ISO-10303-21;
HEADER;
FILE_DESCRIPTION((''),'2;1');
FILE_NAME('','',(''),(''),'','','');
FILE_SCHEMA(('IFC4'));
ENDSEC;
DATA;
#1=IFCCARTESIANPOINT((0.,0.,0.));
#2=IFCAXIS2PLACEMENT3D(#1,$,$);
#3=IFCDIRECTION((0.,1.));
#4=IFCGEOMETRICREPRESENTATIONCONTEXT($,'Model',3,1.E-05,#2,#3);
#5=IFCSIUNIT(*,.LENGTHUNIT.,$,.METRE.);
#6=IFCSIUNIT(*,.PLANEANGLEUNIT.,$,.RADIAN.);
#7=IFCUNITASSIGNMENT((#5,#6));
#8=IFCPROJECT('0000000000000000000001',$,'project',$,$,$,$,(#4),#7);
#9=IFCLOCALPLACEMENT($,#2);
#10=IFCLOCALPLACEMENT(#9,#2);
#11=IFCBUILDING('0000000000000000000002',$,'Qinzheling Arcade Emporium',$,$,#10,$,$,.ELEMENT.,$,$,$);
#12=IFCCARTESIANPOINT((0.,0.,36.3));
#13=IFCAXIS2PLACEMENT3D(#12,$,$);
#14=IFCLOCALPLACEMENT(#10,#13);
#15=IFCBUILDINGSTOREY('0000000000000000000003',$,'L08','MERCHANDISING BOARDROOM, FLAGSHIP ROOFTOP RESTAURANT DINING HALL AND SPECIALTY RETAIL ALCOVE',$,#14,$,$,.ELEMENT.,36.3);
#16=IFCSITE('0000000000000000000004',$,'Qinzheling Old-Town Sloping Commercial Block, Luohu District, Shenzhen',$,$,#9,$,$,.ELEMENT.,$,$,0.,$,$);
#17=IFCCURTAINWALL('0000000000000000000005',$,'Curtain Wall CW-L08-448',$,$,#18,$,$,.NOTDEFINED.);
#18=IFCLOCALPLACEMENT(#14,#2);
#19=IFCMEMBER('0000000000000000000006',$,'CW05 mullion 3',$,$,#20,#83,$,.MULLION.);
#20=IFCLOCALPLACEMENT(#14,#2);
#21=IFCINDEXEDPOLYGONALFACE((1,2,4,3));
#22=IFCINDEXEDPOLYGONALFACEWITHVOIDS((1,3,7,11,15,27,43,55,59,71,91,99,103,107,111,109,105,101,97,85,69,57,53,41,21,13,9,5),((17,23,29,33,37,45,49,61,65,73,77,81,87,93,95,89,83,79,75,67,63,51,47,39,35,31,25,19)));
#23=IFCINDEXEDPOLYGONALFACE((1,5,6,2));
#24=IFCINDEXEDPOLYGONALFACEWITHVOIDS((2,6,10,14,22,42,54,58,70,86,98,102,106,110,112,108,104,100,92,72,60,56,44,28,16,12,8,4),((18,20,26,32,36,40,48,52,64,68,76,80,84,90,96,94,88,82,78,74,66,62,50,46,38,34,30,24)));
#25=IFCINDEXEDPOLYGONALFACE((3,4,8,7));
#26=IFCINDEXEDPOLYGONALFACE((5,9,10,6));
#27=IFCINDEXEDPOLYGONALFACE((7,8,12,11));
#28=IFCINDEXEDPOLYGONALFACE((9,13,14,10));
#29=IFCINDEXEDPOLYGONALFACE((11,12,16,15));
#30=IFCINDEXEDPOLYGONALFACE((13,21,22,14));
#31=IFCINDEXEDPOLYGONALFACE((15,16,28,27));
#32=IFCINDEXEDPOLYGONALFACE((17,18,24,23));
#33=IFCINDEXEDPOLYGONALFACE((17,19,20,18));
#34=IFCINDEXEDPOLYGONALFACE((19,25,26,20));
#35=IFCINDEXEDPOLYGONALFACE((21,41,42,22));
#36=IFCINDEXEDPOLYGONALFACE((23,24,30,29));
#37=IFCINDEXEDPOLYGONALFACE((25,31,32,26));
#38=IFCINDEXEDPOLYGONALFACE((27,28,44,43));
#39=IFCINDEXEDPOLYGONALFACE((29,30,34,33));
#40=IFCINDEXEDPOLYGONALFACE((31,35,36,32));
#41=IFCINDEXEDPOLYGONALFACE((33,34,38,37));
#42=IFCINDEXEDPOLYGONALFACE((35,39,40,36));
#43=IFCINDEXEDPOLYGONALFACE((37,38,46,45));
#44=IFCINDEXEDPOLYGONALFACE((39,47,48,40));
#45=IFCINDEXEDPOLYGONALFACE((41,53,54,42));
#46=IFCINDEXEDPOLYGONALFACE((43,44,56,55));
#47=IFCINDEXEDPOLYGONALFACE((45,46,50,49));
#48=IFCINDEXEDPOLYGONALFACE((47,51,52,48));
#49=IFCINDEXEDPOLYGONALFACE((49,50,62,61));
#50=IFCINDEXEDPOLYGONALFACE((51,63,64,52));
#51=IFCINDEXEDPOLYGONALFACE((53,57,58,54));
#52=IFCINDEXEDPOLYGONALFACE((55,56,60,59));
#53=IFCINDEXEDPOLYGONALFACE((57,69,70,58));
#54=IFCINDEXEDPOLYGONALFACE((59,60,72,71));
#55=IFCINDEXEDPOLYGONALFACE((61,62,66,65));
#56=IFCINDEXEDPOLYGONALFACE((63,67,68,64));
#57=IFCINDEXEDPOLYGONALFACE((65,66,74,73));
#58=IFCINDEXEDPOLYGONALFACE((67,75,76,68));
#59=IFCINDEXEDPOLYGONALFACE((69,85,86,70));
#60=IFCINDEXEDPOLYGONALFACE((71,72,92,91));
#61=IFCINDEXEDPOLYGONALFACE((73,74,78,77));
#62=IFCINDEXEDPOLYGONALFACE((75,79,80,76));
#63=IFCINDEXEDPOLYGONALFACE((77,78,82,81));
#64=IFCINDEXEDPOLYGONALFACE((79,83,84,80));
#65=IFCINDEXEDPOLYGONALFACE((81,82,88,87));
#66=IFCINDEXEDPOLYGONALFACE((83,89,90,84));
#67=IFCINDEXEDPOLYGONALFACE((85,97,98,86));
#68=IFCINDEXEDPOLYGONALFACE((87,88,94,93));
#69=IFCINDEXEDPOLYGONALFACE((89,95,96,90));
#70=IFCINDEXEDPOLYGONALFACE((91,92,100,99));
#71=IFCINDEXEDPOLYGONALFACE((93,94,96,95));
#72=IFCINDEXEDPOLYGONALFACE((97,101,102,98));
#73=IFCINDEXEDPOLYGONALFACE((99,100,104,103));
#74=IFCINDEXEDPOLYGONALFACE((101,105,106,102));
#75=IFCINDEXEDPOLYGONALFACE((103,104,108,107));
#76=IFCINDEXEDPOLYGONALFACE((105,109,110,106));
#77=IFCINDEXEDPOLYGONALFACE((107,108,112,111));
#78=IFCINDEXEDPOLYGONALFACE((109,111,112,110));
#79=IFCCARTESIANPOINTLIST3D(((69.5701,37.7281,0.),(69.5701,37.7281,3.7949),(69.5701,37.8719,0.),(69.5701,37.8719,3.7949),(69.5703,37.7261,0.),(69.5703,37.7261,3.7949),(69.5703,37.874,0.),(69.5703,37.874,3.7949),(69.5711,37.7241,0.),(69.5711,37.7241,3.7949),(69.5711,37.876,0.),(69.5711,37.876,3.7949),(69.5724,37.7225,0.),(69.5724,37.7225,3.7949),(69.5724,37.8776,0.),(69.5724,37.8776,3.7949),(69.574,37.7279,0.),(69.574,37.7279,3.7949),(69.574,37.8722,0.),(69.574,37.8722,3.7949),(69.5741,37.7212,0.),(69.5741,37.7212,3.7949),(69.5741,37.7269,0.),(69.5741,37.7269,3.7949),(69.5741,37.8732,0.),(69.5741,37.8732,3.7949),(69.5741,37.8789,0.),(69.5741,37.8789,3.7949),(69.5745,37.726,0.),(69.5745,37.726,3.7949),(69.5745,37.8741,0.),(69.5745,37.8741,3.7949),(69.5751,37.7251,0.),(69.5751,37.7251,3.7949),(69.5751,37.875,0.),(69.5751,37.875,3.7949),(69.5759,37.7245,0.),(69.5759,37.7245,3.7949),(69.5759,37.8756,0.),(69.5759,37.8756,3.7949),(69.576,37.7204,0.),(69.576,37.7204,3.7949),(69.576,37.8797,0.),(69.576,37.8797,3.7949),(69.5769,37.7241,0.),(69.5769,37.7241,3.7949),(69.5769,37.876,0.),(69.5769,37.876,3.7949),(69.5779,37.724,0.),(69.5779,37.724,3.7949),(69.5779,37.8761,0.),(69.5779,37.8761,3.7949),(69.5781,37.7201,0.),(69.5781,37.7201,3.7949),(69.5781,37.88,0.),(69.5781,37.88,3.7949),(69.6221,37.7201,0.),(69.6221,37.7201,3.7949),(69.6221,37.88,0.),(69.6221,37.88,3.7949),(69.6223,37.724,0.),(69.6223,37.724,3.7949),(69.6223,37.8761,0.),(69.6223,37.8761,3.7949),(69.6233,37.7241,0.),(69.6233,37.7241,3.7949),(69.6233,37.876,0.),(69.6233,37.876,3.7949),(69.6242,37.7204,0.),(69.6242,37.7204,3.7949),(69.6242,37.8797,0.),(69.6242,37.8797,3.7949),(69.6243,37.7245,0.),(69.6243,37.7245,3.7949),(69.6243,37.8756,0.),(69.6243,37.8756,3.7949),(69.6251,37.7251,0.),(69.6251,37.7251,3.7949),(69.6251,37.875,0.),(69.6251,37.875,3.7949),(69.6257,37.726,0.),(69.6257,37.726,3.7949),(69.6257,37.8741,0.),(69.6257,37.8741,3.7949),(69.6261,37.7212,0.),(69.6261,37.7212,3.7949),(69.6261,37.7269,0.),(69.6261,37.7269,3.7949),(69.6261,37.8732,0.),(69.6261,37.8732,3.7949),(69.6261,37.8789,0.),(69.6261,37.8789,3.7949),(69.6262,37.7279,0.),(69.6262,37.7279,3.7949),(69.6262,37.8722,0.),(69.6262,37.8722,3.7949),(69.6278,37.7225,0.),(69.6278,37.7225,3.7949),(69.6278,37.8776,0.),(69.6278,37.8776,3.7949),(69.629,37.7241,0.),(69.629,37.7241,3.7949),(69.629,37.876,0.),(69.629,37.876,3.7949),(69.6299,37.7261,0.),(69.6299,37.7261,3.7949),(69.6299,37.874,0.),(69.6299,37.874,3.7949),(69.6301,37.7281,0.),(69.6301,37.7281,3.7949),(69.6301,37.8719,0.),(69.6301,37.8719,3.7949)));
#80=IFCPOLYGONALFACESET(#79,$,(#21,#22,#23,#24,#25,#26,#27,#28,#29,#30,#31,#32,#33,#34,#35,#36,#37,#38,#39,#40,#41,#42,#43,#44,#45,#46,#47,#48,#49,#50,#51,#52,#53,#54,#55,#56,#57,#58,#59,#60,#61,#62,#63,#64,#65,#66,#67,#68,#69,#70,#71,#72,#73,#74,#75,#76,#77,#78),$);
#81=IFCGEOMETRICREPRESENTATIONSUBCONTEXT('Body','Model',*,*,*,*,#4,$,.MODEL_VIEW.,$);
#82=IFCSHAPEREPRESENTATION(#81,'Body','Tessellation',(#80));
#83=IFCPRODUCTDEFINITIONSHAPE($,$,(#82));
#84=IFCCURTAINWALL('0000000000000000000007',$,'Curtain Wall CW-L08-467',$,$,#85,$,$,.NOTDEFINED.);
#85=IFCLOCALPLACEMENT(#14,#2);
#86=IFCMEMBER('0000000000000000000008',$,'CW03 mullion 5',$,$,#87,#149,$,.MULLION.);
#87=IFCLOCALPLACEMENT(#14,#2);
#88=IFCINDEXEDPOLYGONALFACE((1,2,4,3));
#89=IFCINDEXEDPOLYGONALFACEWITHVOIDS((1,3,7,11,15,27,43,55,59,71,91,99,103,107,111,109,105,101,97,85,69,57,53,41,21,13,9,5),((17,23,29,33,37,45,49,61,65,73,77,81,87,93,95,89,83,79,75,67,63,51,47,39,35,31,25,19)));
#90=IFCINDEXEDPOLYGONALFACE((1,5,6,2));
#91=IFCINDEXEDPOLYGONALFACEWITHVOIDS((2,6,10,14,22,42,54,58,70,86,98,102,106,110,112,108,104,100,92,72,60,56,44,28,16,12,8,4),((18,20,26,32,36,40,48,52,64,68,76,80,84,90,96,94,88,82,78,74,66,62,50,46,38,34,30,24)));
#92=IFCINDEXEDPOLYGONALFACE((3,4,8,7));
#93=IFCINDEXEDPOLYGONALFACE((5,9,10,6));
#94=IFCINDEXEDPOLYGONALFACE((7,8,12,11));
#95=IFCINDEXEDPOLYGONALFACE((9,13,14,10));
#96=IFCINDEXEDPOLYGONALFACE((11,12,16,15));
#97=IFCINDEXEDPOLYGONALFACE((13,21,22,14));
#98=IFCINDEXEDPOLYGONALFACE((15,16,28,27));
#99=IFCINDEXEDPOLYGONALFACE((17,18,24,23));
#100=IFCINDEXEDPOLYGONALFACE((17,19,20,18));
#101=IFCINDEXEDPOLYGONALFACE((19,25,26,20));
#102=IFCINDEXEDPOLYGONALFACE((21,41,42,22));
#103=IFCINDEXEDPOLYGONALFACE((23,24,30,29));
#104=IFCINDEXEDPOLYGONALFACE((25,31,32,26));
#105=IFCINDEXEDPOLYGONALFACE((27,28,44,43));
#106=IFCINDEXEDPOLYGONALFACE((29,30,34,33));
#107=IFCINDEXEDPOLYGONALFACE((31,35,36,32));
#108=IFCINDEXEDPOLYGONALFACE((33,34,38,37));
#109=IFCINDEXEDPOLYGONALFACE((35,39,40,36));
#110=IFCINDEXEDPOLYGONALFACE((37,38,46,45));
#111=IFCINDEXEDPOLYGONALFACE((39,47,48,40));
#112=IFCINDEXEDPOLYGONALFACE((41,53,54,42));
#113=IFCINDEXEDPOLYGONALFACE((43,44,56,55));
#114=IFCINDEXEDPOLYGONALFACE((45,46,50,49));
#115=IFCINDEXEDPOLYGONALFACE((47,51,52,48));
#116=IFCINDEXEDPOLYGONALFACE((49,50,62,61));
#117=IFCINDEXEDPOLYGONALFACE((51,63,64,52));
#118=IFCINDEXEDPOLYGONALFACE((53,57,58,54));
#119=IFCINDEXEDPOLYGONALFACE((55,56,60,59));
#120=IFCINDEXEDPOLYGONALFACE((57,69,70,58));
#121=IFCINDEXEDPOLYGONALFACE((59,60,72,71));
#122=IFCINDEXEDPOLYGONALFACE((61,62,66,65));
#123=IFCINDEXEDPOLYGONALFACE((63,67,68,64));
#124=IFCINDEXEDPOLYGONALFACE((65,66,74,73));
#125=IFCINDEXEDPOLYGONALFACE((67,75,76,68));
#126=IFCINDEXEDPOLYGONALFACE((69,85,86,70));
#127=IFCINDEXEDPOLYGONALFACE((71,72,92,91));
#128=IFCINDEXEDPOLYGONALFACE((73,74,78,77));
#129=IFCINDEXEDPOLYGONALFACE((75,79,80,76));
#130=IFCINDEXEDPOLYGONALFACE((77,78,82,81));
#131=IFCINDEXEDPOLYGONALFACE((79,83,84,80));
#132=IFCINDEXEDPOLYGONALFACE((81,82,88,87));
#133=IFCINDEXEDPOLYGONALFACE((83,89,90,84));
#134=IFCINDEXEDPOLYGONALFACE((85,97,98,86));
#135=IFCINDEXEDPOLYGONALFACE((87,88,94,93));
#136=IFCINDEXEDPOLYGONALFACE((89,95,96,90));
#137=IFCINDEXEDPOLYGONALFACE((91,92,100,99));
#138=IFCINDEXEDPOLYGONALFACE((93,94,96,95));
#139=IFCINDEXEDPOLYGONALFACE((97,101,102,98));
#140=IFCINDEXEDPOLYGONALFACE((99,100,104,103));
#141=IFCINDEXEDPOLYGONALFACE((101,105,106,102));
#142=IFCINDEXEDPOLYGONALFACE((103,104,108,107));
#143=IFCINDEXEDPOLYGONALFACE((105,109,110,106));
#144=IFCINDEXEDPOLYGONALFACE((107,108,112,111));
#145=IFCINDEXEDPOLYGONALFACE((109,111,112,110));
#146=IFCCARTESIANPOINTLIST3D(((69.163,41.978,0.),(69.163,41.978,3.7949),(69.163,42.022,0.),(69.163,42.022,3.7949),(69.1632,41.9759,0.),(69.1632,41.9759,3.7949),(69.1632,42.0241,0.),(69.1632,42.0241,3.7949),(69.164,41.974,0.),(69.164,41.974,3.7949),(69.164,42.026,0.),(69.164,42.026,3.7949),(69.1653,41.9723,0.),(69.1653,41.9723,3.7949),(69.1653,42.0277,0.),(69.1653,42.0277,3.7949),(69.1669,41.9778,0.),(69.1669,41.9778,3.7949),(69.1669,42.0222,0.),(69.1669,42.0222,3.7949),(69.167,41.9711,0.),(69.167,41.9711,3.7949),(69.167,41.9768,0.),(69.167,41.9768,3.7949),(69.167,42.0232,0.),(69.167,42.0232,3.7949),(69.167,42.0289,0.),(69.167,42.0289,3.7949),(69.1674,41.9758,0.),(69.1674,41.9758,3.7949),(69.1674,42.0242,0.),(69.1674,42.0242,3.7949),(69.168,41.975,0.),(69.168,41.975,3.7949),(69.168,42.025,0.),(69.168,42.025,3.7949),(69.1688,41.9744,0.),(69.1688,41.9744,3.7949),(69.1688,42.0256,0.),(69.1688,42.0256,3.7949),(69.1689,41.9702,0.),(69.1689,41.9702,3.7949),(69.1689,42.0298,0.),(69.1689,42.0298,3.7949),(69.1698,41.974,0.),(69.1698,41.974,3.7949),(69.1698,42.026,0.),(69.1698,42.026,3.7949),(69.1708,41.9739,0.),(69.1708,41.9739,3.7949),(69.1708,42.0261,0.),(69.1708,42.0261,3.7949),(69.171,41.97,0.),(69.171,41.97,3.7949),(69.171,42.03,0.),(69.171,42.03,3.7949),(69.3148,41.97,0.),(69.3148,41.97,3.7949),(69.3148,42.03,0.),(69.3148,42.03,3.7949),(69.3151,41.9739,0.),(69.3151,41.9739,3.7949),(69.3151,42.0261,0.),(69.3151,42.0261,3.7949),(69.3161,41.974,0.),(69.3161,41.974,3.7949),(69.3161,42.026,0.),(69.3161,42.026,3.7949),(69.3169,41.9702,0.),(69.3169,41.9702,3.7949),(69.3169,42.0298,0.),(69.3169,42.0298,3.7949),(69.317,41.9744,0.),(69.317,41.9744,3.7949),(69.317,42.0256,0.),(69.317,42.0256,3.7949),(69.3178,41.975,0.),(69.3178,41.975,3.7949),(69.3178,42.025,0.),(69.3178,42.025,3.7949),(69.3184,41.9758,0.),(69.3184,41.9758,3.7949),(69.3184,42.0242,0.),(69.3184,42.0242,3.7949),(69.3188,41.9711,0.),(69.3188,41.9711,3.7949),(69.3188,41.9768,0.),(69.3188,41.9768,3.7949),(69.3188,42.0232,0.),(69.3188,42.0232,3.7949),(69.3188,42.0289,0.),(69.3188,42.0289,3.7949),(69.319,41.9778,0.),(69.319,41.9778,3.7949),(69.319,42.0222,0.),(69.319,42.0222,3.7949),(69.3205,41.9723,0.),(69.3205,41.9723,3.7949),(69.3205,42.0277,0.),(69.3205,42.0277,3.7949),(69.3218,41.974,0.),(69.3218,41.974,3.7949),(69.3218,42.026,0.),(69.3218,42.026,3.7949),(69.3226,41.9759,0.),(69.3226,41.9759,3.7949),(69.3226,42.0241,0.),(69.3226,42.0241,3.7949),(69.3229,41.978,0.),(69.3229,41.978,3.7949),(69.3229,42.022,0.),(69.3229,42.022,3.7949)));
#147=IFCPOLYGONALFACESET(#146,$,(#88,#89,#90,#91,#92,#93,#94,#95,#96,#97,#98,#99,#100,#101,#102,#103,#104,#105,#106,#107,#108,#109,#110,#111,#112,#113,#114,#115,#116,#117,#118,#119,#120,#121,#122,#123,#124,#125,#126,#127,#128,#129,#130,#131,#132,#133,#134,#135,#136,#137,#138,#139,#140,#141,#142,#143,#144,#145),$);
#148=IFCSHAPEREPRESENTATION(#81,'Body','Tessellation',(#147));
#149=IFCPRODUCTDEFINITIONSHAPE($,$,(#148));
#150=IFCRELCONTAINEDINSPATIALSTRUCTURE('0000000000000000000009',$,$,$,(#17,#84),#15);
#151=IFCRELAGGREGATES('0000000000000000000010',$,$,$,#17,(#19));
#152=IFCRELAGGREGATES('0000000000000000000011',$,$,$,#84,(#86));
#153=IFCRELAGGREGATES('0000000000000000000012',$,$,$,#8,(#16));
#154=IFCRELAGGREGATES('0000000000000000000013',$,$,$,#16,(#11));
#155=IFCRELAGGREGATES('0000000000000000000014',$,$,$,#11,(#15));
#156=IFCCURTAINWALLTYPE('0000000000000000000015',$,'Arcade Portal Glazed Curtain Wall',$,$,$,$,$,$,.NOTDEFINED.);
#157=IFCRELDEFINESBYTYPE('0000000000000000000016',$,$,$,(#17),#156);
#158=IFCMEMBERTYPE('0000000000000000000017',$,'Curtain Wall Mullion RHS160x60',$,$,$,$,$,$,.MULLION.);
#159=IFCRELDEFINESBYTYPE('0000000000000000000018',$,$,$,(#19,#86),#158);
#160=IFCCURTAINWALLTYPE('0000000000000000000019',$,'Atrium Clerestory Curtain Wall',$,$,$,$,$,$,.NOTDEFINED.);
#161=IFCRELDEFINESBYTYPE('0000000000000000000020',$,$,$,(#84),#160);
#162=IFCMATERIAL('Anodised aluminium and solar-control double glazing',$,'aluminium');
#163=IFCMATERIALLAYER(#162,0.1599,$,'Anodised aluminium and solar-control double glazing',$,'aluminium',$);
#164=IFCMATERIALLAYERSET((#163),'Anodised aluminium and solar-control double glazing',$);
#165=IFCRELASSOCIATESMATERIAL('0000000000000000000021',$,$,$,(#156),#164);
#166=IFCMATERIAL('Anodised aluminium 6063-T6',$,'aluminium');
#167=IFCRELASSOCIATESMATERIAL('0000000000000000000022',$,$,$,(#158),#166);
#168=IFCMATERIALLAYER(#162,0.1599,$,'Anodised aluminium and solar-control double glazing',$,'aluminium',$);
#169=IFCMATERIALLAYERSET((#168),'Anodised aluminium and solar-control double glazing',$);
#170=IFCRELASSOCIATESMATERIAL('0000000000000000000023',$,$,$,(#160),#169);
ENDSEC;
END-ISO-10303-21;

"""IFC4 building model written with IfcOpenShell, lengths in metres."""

from ifc_helpers import new_model, si_unit, direction, frame, origin, origin_2d, place, context, subcontext, project, spatial, hollow_rectangle, extrude, material, layer, layer_set, material_profile, profile_set, type_object, element, aggregate, save


model = new_model("IFC4")

# Units and contexts
model_context = context("Model", 3, precision=1e-05, world=origin(), true_north=direction((0.0, 1.0)))
body_context = subcontext(model_context, "Body", "Model", "MODEL_VIEW")
ifc_project = project(units=[si_unit("LENGTHUNIT", "METRE"), si_unit("PLANEANGLEUNIT", "RADIAN")], contexts=[model_context])

# Site, building, storey
site_placement = place(None, origin())
site = spatial("IfcSite", under=ifc_project, at=site_placement, Name="Qinzheling Old-Town Sloping Commercial Block, Luohu District, Shenzhen", CompositionType="ELEMENT", RefElevation=0.0)
building_placement = place(site_placement, origin())
building = spatial("IfcBuilding", under=site, at=building_placement, Name="Qinzheling Arcade Emporium", CompositionType="ELEMENT")
storey_placement = place(building_placement, frame((0.0, 0.0, 36.3)))
storey = spatial("IfcBuildingStorey", under=building, at=storey_placement, Name="L08", Description="MERCHANDISING BOARDROOM, FLAGSHIP ROOFTOP RESTAURANT DINING HALL AND SPECIALTY RETAIL ALCOVE", CompositionType="ELEMENT", Elevation=36.3)

# Curtain wall, member
ifc_material_1 = material(Name="Anodised aluminium and solar-control double glazing", Category="aluminium")
ifc_layer_1 = layer(ifc_material_1, 0.1599, Name="Anodised aluminium and solar-control double glazing", Category="aluminium")
ifc_layer_set_1 = layer_set([ifc_layer_1], Name="Anodised aluminium and solar-control double glazing")
curtain_wall_type_1 = type_object("IfcCurtainWallType", Name="Arcade Portal Glazed Curtain Wall", PredefinedType="NOTDEFINED", material=ifc_layer_set_1)
curtain_wall_1_placement = place(storey_placement, origin())
curtain_wall_1 = element("IfcCurtainWall", 1, at=curtain_wall_1_placement, inside=storey, type_object=curtain_wall_type_1, Name="Curtain Wall CW-L08-448", PredefinedType="NOTDEFINED")
ifc_material_2 = material(Name="Anodised aluminium 6063-T6", Category="aluminium")
ifc_material_profile_1 = material_profile(ifc_material_2, hollow_rectangle(XDim=0.0601, YDim=0.1599, WallThickness=0.0039, InnerFilletRadius=0.0039, OuterFilletRadius=0.0081, at=origin_2d()), Name="RHS 160x60x4", Category="aluminium")
ifc_profile_set_1 = profile_set([ifc_material_profile_1], Name="Anodised aluminium 6063-T6")
member_type_1 = type_object("IfcMemberType", Name="Curtain Wall Mullion RHS160x60", PredefinedType="MULLION", material=ifc_profile_set_1)
member_1_placement = place(storey_placement, frame((69.6001, 37.8, 0.0), z_axis=(0.0, 0.0, 1.0), x_axis=(1.0, 0.0, 0.0)))
member_1 = element("IfcMember", 2, at=member_1_placement, type_object=member_type_1, Name="CW05 mullion 3", PredefinedType="MULLION", context=body_context, shape_type="SweptSolid", body=[
    extrude(hollow_rectangle(XDim=0.0601, YDim=0.1599, WallThickness=0.0039, InnerFilletRadius=0.0039, OuterFilletRadius=0.0081, at=origin_2d()), origin(), (0.0, 0.0, 1.0), 3.7949),
])

# Curtain wall, member
ifc_layer_2 = layer(ifc_material_1, 0.1599, Name="Anodised aluminium and solar-control double glazing", Category="aluminium")
ifc_layer_set_2 = layer_set([ifc_layer_2], Name="Anodised aluminium and solar-control double glazing")
curtain_wall_type_2 = type_object("IfcCurtainWallType", Name="Atrium Clerestory Curtain Wall", PredefinedType="NOTDEFINED", material=ifc_layer_set_2)
curtain_wall_2_placement = place(storey_placement, origin())
curtain_wall_2 = element("IfcCurtainWall", 3, at=curtain_wall_2_placement, inside=storey, type_object=curtain_wall_type_2, Name="Curtain Wall CW-L08-467", PredefinedType="NOTDEFINED")
member_2_placement = place(storey_placement, frame((69.2429, 42.0, 0.0), z_axis=(0.0, 0.0, 1.0), x_axis=(0.0, 1.0, 0.0)))
member_2 = element("IfcMember", 4, at=member_2_placement, type_object=member_type_1, Name="CW03 mullion 5", PredefinedType="MULLION", context=body_context, shape_type="SweptSolid", body=[
    extrude(hollow_rectangle(XDim=0.0601, YDim=0.1599, WallThickness=0.0039, InnerFilletRadius=0.0039, OuterFilletRadius=0.0081, at=origin_2d()), origin(), (0.0, 0.0, 1.0), 3.7949),
])

aggregate(curtain_wall_1, [member_1])
aggregate(curtain_wall_2, [member_2])

save(model, "model.ifc")
